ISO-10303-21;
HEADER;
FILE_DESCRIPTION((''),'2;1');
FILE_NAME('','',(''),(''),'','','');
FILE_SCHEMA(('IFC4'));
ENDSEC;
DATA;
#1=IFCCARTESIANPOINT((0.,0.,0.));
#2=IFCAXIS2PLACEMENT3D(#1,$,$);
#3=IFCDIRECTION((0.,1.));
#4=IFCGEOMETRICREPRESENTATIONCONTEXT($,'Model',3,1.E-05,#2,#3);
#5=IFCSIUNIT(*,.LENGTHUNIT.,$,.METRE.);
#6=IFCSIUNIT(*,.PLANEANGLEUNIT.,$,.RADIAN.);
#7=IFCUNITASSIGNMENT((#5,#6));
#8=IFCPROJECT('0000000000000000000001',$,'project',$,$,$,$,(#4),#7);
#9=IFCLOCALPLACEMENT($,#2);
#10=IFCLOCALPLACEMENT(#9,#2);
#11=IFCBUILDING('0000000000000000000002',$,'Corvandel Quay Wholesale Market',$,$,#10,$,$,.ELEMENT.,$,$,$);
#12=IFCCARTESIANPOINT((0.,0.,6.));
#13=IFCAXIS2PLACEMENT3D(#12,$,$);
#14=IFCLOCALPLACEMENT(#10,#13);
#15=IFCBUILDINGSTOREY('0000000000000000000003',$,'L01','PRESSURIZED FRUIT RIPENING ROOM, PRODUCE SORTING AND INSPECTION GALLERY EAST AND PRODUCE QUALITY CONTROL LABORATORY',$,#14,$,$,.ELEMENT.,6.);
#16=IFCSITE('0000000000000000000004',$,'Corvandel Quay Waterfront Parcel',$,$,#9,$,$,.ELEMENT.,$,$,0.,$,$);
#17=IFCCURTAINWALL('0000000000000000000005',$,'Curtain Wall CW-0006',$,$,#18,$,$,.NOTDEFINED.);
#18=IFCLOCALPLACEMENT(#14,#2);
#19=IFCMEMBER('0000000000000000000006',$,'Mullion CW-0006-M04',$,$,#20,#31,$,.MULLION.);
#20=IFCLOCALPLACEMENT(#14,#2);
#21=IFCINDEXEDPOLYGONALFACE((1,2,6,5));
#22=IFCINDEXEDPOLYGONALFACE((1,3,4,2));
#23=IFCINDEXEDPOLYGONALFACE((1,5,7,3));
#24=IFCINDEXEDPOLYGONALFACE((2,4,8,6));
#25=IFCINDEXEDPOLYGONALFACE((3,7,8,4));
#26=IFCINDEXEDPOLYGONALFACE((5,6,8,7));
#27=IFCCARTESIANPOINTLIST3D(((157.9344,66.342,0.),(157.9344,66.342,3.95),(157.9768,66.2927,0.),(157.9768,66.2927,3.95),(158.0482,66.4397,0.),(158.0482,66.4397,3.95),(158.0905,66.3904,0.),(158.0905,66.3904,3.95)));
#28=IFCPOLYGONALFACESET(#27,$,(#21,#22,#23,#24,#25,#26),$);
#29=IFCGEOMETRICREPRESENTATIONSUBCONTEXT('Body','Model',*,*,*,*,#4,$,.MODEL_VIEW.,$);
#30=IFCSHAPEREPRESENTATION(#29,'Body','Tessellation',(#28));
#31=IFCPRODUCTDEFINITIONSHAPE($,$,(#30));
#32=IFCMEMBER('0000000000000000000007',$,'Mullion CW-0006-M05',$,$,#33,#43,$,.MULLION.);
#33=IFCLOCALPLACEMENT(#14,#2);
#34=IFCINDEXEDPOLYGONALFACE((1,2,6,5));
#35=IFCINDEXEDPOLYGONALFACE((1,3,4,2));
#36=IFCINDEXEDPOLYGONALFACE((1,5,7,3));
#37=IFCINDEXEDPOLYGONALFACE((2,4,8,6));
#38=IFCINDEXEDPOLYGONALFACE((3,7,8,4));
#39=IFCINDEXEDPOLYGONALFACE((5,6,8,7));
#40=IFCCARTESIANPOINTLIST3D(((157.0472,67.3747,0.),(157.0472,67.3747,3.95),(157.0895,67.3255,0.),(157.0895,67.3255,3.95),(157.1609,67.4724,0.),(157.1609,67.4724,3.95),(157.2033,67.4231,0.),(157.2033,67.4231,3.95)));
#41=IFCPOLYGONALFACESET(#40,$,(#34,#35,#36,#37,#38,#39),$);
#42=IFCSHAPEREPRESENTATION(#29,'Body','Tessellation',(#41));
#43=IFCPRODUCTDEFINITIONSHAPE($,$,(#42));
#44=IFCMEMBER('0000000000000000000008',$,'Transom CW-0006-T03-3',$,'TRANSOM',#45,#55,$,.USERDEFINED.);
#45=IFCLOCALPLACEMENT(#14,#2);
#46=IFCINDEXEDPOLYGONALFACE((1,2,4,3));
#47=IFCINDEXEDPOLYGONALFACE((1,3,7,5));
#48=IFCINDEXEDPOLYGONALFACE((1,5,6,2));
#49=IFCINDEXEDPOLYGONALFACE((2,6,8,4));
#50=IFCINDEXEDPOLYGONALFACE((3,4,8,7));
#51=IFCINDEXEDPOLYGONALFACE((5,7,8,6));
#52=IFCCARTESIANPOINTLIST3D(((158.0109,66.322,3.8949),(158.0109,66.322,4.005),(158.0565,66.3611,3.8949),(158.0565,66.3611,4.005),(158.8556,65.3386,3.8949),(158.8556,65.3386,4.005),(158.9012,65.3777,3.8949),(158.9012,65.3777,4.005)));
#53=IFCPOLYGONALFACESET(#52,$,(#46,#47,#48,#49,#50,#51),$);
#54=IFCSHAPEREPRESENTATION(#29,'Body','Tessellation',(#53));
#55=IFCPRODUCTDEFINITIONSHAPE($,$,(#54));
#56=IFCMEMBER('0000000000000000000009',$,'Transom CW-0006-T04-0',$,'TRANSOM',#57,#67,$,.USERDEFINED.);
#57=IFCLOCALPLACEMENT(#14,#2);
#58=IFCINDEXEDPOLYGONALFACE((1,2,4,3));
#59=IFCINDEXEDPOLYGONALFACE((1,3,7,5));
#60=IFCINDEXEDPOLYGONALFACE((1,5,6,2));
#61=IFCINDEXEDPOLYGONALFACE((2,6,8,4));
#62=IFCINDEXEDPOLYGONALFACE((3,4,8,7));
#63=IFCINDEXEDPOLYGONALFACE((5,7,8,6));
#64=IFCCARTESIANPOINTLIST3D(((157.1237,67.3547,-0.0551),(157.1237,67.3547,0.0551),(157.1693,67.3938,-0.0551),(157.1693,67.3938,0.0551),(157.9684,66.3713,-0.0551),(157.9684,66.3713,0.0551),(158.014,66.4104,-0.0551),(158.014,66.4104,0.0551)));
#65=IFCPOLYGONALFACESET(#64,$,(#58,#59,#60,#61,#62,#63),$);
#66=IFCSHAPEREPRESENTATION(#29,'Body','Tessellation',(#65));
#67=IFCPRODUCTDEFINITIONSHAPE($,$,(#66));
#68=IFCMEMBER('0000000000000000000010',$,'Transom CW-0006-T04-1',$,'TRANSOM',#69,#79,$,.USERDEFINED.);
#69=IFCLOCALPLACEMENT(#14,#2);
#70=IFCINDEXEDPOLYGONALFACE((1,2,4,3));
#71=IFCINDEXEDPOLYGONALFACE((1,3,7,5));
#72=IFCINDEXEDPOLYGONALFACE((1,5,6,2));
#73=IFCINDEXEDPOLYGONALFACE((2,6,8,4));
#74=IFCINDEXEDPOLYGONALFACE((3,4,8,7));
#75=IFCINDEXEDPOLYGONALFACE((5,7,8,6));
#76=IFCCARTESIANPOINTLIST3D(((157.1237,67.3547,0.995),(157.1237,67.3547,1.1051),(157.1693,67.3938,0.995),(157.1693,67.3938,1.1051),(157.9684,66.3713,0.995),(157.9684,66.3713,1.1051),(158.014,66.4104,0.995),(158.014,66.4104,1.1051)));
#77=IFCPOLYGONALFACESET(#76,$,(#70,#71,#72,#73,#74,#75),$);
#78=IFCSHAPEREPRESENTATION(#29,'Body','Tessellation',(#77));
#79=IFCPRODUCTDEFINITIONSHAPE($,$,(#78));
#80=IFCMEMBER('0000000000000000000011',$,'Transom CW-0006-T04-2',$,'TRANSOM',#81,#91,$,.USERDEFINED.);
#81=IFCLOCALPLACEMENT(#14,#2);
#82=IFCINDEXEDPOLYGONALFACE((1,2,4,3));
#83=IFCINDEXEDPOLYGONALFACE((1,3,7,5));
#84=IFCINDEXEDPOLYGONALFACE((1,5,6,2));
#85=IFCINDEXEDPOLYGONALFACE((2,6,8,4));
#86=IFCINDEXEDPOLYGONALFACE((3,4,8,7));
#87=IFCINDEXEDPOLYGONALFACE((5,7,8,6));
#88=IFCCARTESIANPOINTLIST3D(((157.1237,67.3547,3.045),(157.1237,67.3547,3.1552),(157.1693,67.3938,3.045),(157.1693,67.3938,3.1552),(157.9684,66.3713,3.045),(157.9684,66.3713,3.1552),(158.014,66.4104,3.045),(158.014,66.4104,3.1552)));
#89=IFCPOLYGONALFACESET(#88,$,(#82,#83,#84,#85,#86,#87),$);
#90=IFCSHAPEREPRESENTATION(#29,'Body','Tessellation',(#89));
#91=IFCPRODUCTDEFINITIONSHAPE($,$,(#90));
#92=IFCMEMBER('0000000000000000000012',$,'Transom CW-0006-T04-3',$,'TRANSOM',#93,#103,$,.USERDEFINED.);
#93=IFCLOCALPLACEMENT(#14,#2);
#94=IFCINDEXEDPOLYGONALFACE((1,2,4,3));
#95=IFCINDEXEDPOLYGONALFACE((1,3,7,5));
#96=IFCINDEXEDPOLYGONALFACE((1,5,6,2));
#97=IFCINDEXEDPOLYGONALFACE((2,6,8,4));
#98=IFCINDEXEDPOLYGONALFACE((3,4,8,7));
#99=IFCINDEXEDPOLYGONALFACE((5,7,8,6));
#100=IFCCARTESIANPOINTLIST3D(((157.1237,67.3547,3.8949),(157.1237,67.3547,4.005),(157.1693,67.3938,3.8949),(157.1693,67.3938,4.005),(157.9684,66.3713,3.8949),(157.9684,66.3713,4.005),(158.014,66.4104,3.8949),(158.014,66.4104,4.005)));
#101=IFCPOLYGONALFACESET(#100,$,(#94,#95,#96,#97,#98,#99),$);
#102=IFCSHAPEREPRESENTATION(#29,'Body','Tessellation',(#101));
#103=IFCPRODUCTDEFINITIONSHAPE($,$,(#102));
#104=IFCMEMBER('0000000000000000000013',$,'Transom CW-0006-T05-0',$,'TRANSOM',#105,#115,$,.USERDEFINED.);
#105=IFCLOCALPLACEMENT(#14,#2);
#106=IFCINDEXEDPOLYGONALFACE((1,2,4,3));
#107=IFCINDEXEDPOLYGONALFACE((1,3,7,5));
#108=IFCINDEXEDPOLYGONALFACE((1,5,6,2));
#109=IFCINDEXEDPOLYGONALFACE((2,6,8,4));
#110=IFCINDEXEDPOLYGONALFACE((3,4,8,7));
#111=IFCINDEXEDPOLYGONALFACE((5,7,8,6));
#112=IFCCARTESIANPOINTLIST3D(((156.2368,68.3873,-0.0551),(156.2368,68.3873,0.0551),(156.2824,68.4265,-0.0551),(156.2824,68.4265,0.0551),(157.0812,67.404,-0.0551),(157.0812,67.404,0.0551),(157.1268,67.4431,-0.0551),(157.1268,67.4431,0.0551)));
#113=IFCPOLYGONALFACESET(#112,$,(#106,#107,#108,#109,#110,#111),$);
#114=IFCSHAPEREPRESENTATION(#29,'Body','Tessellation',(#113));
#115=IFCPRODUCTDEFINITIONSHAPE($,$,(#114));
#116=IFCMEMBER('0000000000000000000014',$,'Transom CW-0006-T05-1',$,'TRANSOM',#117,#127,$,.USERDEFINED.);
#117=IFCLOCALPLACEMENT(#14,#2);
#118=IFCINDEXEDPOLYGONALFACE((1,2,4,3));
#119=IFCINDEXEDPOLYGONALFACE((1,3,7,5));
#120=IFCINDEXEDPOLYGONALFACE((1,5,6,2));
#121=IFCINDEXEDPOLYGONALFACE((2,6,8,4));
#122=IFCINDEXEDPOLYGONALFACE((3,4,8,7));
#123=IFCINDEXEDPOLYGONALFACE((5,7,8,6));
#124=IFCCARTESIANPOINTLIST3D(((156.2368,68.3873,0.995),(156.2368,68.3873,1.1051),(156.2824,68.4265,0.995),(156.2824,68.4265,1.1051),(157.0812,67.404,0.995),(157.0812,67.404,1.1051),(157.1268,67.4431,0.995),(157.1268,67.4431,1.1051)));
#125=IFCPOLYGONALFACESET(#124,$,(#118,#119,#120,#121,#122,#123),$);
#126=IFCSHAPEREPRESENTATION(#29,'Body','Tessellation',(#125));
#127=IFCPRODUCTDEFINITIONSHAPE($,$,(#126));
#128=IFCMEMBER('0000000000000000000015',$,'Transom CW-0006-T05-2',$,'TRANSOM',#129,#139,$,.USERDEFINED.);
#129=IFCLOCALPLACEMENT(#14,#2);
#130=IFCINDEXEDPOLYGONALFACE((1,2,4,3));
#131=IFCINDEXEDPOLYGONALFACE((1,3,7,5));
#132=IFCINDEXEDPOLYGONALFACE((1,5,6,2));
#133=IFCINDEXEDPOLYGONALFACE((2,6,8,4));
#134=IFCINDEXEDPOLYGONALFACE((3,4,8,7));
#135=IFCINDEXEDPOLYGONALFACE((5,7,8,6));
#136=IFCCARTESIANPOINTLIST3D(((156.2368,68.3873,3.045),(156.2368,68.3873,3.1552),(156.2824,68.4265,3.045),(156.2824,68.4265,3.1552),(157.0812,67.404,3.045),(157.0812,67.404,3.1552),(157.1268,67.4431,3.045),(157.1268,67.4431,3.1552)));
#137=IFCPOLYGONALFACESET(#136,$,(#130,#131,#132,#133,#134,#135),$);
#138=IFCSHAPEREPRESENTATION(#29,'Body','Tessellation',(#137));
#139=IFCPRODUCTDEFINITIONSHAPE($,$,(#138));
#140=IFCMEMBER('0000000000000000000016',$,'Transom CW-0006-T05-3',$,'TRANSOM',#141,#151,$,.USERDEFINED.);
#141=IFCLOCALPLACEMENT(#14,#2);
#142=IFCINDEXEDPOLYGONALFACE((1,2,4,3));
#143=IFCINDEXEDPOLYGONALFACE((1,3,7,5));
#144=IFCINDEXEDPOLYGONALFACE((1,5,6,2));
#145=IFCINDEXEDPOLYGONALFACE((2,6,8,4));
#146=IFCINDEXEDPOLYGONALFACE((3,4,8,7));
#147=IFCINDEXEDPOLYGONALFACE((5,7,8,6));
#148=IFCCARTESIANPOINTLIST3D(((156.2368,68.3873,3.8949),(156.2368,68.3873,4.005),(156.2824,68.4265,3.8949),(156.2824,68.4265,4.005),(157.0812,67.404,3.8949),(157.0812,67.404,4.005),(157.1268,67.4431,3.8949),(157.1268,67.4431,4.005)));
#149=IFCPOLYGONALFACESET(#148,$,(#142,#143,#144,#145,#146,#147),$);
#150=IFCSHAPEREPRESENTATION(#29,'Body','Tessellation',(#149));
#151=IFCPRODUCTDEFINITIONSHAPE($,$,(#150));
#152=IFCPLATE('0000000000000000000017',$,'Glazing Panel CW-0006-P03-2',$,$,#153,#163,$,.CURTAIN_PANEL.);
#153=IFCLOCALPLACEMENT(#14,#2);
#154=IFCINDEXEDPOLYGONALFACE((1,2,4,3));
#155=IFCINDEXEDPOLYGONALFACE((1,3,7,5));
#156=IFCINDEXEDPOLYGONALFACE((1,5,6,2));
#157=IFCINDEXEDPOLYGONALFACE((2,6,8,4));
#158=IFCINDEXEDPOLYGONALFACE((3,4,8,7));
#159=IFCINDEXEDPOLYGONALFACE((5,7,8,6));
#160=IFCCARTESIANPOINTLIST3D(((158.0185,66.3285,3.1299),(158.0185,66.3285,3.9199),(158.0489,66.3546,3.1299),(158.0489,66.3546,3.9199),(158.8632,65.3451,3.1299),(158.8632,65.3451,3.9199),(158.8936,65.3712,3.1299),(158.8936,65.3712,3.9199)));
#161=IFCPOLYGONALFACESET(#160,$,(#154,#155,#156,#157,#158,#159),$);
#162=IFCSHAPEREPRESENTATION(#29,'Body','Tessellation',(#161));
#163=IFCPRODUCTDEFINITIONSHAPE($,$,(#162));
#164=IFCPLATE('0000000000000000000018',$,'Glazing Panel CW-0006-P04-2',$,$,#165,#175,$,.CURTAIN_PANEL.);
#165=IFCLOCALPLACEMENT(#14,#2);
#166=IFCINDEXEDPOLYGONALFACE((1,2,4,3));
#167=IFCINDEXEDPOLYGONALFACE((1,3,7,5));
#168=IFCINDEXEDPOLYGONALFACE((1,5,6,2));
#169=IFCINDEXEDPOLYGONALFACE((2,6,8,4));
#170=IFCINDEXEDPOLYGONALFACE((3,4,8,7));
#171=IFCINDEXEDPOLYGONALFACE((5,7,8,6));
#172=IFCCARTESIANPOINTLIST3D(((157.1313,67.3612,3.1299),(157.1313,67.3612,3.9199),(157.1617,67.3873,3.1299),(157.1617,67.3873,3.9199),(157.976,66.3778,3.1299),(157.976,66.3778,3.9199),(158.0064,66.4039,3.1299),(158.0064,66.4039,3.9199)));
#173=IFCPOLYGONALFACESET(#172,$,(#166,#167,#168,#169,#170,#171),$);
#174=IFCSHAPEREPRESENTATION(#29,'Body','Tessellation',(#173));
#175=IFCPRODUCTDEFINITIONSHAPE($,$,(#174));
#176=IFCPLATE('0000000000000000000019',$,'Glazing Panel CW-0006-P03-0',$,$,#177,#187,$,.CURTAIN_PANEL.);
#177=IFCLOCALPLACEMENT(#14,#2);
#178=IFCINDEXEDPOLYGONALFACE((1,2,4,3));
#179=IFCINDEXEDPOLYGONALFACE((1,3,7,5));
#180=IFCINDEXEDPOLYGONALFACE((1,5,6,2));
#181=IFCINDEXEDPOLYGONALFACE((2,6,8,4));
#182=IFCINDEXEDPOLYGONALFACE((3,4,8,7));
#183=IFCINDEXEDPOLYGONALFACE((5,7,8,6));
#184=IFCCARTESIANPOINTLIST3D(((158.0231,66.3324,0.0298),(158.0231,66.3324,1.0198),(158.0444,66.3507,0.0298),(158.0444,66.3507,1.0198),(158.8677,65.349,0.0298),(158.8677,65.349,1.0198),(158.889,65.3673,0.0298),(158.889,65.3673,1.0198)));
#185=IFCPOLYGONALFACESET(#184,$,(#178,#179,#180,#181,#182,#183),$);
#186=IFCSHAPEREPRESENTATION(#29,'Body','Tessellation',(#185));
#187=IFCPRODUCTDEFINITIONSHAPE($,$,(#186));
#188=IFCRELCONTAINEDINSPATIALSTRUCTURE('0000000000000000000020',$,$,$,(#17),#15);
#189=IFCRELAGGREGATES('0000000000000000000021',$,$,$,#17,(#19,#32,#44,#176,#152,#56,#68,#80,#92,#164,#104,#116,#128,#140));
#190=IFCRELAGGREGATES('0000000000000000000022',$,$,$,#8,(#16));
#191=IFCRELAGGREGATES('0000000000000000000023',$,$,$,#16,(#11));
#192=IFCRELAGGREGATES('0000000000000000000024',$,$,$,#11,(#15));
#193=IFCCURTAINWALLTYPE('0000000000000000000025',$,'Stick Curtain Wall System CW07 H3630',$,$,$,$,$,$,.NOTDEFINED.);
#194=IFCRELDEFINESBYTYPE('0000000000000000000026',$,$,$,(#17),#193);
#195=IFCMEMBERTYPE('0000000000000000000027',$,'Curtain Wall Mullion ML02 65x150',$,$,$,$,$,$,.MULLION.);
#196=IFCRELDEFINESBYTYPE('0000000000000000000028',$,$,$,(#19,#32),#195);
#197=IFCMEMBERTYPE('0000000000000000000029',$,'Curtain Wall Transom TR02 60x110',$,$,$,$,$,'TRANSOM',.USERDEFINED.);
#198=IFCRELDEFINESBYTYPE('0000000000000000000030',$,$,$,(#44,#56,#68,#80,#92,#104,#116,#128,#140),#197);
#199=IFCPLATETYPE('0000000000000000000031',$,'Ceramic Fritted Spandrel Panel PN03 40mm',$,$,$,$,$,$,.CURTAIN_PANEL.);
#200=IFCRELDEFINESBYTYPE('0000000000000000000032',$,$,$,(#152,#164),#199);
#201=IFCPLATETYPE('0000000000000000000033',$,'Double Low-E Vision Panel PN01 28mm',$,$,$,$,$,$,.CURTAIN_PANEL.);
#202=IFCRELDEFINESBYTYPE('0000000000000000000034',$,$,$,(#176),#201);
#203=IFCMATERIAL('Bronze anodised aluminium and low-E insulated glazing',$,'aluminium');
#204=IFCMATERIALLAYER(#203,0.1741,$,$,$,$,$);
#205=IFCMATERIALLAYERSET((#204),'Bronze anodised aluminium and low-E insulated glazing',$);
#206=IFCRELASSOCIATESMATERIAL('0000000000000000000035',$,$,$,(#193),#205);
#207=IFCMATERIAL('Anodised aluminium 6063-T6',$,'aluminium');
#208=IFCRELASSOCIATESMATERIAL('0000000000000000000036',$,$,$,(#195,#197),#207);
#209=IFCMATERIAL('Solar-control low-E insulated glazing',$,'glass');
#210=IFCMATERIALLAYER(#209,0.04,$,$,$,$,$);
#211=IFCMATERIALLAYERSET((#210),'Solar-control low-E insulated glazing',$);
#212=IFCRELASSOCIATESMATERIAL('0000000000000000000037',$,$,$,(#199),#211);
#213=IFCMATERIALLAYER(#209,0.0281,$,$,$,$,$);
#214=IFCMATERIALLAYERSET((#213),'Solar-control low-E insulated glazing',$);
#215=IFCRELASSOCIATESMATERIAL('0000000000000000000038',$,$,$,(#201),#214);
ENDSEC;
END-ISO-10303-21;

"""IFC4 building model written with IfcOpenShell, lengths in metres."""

from ifc_helpers import new_model, si_unit, direction, frame, origin, origin_2d, place, context, subcontext, project, spatial, rectangle, extrude, material, layer, layer_set, material_profile, profile_set, type_object, element, aggregate, save


model = new_model("IFC4")

# Units and contexts
model_context = context("Model", 3, precision=1e-05, world=origin(), true_north=direction((0.0, 1.0)))
body_context = subcontext(model_context, "Body", "Model", "MODEL_VIEW")
ifc_project = project(units=[si_unit("LENGTHUNIT", "METRE"), si_unit("PLANEANGLEUNIT", "RADIAN")], contexts=[model_context])

# Site, building, storey
site_placement = place(None, origin())
site = spatial("IfcSite", under=ifc_project, at=site_placement, Name="Corvandel Quay Waterfront Parcel", CompositionType="ELEMENT", RefElevation=0.0)
building_placement = place(site_placement, origin())
building = spatial("IfcBuilding", under=site, at=building_placement, Name="Corvandel Quay Wholesale Market", CompositionType="ELEMENT")
storey_placement = place(building_placement, frame((0.0, 0.0, 6.0)))
storey = spatial("IfcBuildingStorey", under=building, at=storey_placement, Name="L01", Description="PRESSURIZED FRUIT RIPENING ROOM, PRODUCE SORTING AND INSPECTION GALLERY EAST AND PRODUCE QUALITY CONTROL LABORATORY", CompositionType="ELEMENT", Elevation=6.0)

# Curtain wall, members, plates
ifc_material_1 = material(Name="Bronze anodised aluminium and low-E insulated glazing", Category="aluminium")
ifc_layer_1 = layer(ifc_material_1, 0.1741)
ifc_layer_set_1 = layer_set([ifc_layer_1], Name="Bronze anodised aluminium and low-E insulated glazing")
curtain_wall_type = type_object("IfcCurtainWallType", Name="Stick Curtain Wall System CW07 H3630", PredefinedType="NOTDEFINED", material=ifc_layer_set_1)
curtain_wall_placement = place(storey_placement, origin())
curtain_wall = element("IfcCurtainWall", 1, at=curtain_wall_placement, inside=storey, type_object=curtain_wall_type, Name="Curtain Wall CW-0006", PredefinedType="NOTDEFINED")
ifc_material_2 = material(Name="Anodised aluminium 6063-T6", Category="aluminium")
ifc_material_profile_1 = material_profile(ifc_material_2, rectangle(XDim=0.0649, YDim=0.1499, at=origin_2d()), Name="ALU-MUL-65x150")
ifc_profile_set_1 = profile_set([ifc_material_profile_1], Name="Anodised aluminium 6063-T6")
member_type_1 = type_object("IfcMemberType", Name="Curtain Wall Mullion ML02 65x150", PredefinedType="MULLION", material=ifc_profile_set_1)
member_1_placement = place(storey_placement, frame((158.0125, 66.3662, 0.0), z_axis=(0.0, 0.0, 1.0), x_axis=(-0.651569, 0.758589, 0.0)))
member_1 = element("IfcMember", 2, at=member_1_placement, type_object=member_type_1, Name="Mullion CW-0006-M04", PredefinedType="MULLION", context=body_context, shape_type="SweptSolid", body=[
    extrude(rectangle(XDim=0.0649, YDim=0.1499, at=origin_2d()), origin(), (0.0, 0.0, 1.0), 3.95),
])
member_2_placement = place(storey_placement, frame((157.1252, 67.3989, 0.0), z_axis=(0.0, 0.0, 1.0), x_axis=(-0.651569, 0.758589, 0.0)))
member_2 = element("IfcMember", 3, at=member_2_placement, type_object=member_type_1, Name="Mullion CW-0006-M05", PredefinedType="MULLION", context=body_context, shape_type="SweptSolid", body=[
    extrude(rectangle(XDim=0.0649, YDim=0.1499, at=origin_2d()), origin(), (0.0, 0.0, 1.0), 3.95),
])
ifc_material_profile_2 = material_profile(ifc_material_2, rectangle(XDim=0.0601, YDim=0.1101, at=origin_2d()), Name="ALU-TRN-60x110")
ifc_profile_set_2 = profile_set([ifc_material_profile_2], Name="Anodised aluminium 6063-T6")
member_type_2 = type_object("IfcMemberType", Name="Curtain Wall Transom TR02 60x110", ElementType="TRANSOM", PredefinedType="USERDEFINED", material=ifc_profile_set_2)
member_3_placement = place(storey_placement, frame((158.8784, 65.3582, 3.95), z_axis=(-0.651597, 0.758565, 0.0), x_axis=(-0.758565, -0.651597, 0.0)))
member_3 = element("IfcMember", 4, at=member_3_placement, type_object=member_type_2, Name="Transom CW-0006-T03-3", ObjectType="TRANSOM", PredefinedType="USERDEFINED", context=body_context, shape_type="SweptSolid", body=[
    extrude(rectangle(XDim=0.0601, YDim=0.1101, at=origin_2d()), origin(), (0.0, 0.0, 1.0), 1.2964),
])
member_4_placement = place(storey_placement, frame((157.9912, 66.3909, 0.0), z_axis=(-0.651597, 0.758565, 0.0), x_axis=(-0.758565, -0.651597, 0.0)))
member_4 = element("IfcMember", 5, at=member_4_placement, type_object=member_type_2, Name="Transom CW-0006-T04-0", ObjectType="TRANSOM", PredefinedType="USERDEFINED", context=body_context, shape_type="SweptSolid", body=[
    extrude(rectangle(XDim=0.0601, YDim=0.1101, at=origin_2d()), origin(), (0.0, 0.0, 1.0), 1.2964),
])
member_5_placement = place(storey_placement, frame((157.9912, 66.3909, 1.05), z_axis=(-0.651597, 0.758565, 0.0), x_axis=(-0.758565, -0.651597, 0.0)))
member_5 = element("IfcMember", 6, at=member_5_placement, type_object=member_type_2, Name="Transom CW-0006-T04-1", ObjectType="TRANSOM", PredefinedType="USERDEFINED", context=body_context, shape_type="SweptSolid", body=[
    extrude(rectangle(XDim=0.0601, YDim=0.1101, at=origin_2d()), origin(), (0.0, 0.0, 1.0), 1.2964),
])
member_6_placement = place(storey_placement, frame((157.9912, 66.3909, 3.1001), z_axis=(-0.651597, 0.758565, 0.0), x_axis=(-0.758565, -0.651597, 0.0)))
member_6 = element("IfcMember", 7, at=member_6_placement, type_object=member_type_2, Name="Transom CW-0006-T04-2", ObjectType="TRANSOM", PredefinedType="USERDEFINED", context=body_context, shape_type="SweptSolid", body=[
    extrude(rectangle(XDim=0.0601, YDim=0.1101, at=origin_2d()), origin(), (0.0, 0.0, 1.0), 1.2964),
])
member_7_placement = place(storey_placement, frame((157.9912, 66.3909, 3.95), z_axis=(-0.651597, 0.758565, 0.0), x_axis=(-0.758565, -0.651597, 0.0)))
member_7 = element("IfcMember", 8, at=member_7_placement, type_object=member_type_2, Name="Transom CW-0006-T04-3", ObjectType="TRANSOM", PredefinedType="USERDEFINED", context=body_context, shape_type="SweptSolid", body=[
    extrude(rectangle(XDim=0.0601, YDim=0.1101, at=origin_2d()), origin(), (0.0, 0.0, 1.0), 1.2964),
])
member_8_placement = place(storey_placement, frame((157.104, 67.4236, 0.0), z_axis=(-0.651489, 0.758658, 0.0), x_axis=(-0.758658, -0.651489, 0.0)))
member_8 = element("IfcMember", 9, at=member_8_placement, type_object=member_type_2, Name="Transom CW-0006-T05-0", ObjectType="TRANSOM", PredefinedType="USERDEFINED", context=body_context, shape_type="SweptSolid", body=[
    extrude(rectangle(XDim=0.0601, YDim=0.1101, at=origin_2d()), origin(), (0.0, 0.0, 1.0), 1.2961),
])
member_9_placement = place(storey_placement, frame((157.104, 67.4236, 1.05), z_axis=(-0.651489, 0.758658, 0.0), x_axis=(-0.758658, -0.651489, 0.0)))
member_9 = element("IfcMember", 10, at=member_9_placement, type_object=member_type_2, Name="Transom CW-0006-T05-1", ObjectType="TRANSOM", PredefinedType="USERDEFINED", context=body_context, shape_type="SweptSolid", body=[
    extrude(rectangle(XDim=0.0601, YDim=0.1101, at=origin_2d()), origin(), (0.0, 0.0, 1.0), 1.2961),
])
member_10_placement = place(storey_placement, frame((157.104, 67.4236, 3.1001), z_axis=(-0.651489, 0.758658, 0.0), x_axis=(-0.758658, -0.651489, 0.0)))
member_10 = element("IfcMember", 11, at=member_10_placement, type_object=member_type_2, Name="Transom CW-0006-T05-2", ObjectType="TRANSOM", PredefinedType="USERDEFINED", context=body_context, shape_type="SweptSolid", body=[
    extrude(rectangle(XDim=0.0601, YDim=0.1101, at=origin_2d()), origin(), (0.0, 0.0, 1.0), 1.2961),
])
member_11_placement = place(storey_placement, frame((157.104, 67.4236, 3.95), z_axis=(-0.651489, 0.758658, 0.0), x_axis=(-0.758658, -0.651489, 0.0)))
member_11 = element("IfcMember", 12, at=member_11_placement, type_object=member_type_2, Name="Transom CW-0006-T05-3", ObjectType="TRANSOM", PredefinedType="USERDEFINED", context=body_context, shape_type="SweptSolid", body=[
    extrude(rectangle(XDim=0.0601, YDim=0.1101, at=origin_2d()), origin(), (0.0, 0.0, 1.0), 1.2961),
])
ifc_material_3 = material(Name="Solar-control low-E insulated glazing", Category="glass")
ifc_layer_2 = layer(ifc_material_3, 0.04)
ifc_layer_set_2 = layer_set([ifc_layer_2], Name="Solar-control low-E insulated glazing")
plate_type_1 = type_object("IfcPlateType", Name="Ceramic Fritted Spandrel Panel PN03 40mm", PredefinedType="CURTAIN_PANEL", material=ifc_layer_set_2)
plate_1_placement = place(storey_placement, frame((158.4561, 65.8499, 3.1299), z_axis=(0.0, 0.0, 1.0), x_axis=(-0.651569, 0.758589, 0.0)))
plate_1 = element("IfcPlate", 13, at=plate_1_placement, type_object=plate_type_1, Name="Glazing Panel CW-0006-P03-2", PredefinedType="CURTAIN_PANEL", context=body_context, shape_type="SweptSolid", body=[
    extrude(rectangle(XDim=1.2964, YDim=0.04, at=origin_2d()), origin(), (0.0, 0.0, 1.0), 0.79),
])
plate_2_placement = place(storey_placement, frame((157.5688, 66.8826, 3.1299), z_axis=(0.0, 0.0, 1.0), x_axis=(-0.651569, 0.758589, 0.0)))
plate_2 = element("IfcPlate", 14, at=plate_2_placement, type_object=plate_type_1, Name="Glazing Panel CW-0006-P04-2", PredefinedType="CURTAIN_PANEL", context=body_context, shape_type="SweptSolid", body=[
    extrude(rectangle(XDim=1.2964, YDim=0.04, at=origin_2d()), origin(), (0.0, 0.0, 1.0), 0.79),
])
ifc_layer_3 = layer(ifc_material_3, 0.0281)
ifc_layer_set_3 = layer_set([ifc_layer_3], Name="Solar-control low-E insulated glazing")
plate_type_2 = type_object("IfcPlateType", Name="Double Low-E Vision Panel PN01 28mm", PredefinedType="CURTAIN_PANEL", material=ifc_layer_set_3)
plate_3_placement = place(storey_placement, frame((158.4561, 65.8499, 0.0298), z_axis=(0.0, 0.0, 1.0), x_axis=(-0.651569, 0.758589, 0.0)))
plate_3 = element("IfcPlate", 15, at=plate_3_placement, type_object=plate_type_2, Name="Glazing Panel CW-0006-P03-0", PredefinedType="CURTAIN_PANEL", context=body_context, shape_type="SweptSolid", body=[
    extrude(rectangle(XDim=1.2964, YDim=0.0281, at=origin_2d()), origin(), (0.0, 0.0, 1.0), 0.99),
])
aggregate(curtain_wall, [member_1, member_2, member_3, plate_3, plate_1, member_4, member_5, member_6, member_7, plate_2, member_8, member_9, member_10, member_11])

save(model, "model.ifc")
